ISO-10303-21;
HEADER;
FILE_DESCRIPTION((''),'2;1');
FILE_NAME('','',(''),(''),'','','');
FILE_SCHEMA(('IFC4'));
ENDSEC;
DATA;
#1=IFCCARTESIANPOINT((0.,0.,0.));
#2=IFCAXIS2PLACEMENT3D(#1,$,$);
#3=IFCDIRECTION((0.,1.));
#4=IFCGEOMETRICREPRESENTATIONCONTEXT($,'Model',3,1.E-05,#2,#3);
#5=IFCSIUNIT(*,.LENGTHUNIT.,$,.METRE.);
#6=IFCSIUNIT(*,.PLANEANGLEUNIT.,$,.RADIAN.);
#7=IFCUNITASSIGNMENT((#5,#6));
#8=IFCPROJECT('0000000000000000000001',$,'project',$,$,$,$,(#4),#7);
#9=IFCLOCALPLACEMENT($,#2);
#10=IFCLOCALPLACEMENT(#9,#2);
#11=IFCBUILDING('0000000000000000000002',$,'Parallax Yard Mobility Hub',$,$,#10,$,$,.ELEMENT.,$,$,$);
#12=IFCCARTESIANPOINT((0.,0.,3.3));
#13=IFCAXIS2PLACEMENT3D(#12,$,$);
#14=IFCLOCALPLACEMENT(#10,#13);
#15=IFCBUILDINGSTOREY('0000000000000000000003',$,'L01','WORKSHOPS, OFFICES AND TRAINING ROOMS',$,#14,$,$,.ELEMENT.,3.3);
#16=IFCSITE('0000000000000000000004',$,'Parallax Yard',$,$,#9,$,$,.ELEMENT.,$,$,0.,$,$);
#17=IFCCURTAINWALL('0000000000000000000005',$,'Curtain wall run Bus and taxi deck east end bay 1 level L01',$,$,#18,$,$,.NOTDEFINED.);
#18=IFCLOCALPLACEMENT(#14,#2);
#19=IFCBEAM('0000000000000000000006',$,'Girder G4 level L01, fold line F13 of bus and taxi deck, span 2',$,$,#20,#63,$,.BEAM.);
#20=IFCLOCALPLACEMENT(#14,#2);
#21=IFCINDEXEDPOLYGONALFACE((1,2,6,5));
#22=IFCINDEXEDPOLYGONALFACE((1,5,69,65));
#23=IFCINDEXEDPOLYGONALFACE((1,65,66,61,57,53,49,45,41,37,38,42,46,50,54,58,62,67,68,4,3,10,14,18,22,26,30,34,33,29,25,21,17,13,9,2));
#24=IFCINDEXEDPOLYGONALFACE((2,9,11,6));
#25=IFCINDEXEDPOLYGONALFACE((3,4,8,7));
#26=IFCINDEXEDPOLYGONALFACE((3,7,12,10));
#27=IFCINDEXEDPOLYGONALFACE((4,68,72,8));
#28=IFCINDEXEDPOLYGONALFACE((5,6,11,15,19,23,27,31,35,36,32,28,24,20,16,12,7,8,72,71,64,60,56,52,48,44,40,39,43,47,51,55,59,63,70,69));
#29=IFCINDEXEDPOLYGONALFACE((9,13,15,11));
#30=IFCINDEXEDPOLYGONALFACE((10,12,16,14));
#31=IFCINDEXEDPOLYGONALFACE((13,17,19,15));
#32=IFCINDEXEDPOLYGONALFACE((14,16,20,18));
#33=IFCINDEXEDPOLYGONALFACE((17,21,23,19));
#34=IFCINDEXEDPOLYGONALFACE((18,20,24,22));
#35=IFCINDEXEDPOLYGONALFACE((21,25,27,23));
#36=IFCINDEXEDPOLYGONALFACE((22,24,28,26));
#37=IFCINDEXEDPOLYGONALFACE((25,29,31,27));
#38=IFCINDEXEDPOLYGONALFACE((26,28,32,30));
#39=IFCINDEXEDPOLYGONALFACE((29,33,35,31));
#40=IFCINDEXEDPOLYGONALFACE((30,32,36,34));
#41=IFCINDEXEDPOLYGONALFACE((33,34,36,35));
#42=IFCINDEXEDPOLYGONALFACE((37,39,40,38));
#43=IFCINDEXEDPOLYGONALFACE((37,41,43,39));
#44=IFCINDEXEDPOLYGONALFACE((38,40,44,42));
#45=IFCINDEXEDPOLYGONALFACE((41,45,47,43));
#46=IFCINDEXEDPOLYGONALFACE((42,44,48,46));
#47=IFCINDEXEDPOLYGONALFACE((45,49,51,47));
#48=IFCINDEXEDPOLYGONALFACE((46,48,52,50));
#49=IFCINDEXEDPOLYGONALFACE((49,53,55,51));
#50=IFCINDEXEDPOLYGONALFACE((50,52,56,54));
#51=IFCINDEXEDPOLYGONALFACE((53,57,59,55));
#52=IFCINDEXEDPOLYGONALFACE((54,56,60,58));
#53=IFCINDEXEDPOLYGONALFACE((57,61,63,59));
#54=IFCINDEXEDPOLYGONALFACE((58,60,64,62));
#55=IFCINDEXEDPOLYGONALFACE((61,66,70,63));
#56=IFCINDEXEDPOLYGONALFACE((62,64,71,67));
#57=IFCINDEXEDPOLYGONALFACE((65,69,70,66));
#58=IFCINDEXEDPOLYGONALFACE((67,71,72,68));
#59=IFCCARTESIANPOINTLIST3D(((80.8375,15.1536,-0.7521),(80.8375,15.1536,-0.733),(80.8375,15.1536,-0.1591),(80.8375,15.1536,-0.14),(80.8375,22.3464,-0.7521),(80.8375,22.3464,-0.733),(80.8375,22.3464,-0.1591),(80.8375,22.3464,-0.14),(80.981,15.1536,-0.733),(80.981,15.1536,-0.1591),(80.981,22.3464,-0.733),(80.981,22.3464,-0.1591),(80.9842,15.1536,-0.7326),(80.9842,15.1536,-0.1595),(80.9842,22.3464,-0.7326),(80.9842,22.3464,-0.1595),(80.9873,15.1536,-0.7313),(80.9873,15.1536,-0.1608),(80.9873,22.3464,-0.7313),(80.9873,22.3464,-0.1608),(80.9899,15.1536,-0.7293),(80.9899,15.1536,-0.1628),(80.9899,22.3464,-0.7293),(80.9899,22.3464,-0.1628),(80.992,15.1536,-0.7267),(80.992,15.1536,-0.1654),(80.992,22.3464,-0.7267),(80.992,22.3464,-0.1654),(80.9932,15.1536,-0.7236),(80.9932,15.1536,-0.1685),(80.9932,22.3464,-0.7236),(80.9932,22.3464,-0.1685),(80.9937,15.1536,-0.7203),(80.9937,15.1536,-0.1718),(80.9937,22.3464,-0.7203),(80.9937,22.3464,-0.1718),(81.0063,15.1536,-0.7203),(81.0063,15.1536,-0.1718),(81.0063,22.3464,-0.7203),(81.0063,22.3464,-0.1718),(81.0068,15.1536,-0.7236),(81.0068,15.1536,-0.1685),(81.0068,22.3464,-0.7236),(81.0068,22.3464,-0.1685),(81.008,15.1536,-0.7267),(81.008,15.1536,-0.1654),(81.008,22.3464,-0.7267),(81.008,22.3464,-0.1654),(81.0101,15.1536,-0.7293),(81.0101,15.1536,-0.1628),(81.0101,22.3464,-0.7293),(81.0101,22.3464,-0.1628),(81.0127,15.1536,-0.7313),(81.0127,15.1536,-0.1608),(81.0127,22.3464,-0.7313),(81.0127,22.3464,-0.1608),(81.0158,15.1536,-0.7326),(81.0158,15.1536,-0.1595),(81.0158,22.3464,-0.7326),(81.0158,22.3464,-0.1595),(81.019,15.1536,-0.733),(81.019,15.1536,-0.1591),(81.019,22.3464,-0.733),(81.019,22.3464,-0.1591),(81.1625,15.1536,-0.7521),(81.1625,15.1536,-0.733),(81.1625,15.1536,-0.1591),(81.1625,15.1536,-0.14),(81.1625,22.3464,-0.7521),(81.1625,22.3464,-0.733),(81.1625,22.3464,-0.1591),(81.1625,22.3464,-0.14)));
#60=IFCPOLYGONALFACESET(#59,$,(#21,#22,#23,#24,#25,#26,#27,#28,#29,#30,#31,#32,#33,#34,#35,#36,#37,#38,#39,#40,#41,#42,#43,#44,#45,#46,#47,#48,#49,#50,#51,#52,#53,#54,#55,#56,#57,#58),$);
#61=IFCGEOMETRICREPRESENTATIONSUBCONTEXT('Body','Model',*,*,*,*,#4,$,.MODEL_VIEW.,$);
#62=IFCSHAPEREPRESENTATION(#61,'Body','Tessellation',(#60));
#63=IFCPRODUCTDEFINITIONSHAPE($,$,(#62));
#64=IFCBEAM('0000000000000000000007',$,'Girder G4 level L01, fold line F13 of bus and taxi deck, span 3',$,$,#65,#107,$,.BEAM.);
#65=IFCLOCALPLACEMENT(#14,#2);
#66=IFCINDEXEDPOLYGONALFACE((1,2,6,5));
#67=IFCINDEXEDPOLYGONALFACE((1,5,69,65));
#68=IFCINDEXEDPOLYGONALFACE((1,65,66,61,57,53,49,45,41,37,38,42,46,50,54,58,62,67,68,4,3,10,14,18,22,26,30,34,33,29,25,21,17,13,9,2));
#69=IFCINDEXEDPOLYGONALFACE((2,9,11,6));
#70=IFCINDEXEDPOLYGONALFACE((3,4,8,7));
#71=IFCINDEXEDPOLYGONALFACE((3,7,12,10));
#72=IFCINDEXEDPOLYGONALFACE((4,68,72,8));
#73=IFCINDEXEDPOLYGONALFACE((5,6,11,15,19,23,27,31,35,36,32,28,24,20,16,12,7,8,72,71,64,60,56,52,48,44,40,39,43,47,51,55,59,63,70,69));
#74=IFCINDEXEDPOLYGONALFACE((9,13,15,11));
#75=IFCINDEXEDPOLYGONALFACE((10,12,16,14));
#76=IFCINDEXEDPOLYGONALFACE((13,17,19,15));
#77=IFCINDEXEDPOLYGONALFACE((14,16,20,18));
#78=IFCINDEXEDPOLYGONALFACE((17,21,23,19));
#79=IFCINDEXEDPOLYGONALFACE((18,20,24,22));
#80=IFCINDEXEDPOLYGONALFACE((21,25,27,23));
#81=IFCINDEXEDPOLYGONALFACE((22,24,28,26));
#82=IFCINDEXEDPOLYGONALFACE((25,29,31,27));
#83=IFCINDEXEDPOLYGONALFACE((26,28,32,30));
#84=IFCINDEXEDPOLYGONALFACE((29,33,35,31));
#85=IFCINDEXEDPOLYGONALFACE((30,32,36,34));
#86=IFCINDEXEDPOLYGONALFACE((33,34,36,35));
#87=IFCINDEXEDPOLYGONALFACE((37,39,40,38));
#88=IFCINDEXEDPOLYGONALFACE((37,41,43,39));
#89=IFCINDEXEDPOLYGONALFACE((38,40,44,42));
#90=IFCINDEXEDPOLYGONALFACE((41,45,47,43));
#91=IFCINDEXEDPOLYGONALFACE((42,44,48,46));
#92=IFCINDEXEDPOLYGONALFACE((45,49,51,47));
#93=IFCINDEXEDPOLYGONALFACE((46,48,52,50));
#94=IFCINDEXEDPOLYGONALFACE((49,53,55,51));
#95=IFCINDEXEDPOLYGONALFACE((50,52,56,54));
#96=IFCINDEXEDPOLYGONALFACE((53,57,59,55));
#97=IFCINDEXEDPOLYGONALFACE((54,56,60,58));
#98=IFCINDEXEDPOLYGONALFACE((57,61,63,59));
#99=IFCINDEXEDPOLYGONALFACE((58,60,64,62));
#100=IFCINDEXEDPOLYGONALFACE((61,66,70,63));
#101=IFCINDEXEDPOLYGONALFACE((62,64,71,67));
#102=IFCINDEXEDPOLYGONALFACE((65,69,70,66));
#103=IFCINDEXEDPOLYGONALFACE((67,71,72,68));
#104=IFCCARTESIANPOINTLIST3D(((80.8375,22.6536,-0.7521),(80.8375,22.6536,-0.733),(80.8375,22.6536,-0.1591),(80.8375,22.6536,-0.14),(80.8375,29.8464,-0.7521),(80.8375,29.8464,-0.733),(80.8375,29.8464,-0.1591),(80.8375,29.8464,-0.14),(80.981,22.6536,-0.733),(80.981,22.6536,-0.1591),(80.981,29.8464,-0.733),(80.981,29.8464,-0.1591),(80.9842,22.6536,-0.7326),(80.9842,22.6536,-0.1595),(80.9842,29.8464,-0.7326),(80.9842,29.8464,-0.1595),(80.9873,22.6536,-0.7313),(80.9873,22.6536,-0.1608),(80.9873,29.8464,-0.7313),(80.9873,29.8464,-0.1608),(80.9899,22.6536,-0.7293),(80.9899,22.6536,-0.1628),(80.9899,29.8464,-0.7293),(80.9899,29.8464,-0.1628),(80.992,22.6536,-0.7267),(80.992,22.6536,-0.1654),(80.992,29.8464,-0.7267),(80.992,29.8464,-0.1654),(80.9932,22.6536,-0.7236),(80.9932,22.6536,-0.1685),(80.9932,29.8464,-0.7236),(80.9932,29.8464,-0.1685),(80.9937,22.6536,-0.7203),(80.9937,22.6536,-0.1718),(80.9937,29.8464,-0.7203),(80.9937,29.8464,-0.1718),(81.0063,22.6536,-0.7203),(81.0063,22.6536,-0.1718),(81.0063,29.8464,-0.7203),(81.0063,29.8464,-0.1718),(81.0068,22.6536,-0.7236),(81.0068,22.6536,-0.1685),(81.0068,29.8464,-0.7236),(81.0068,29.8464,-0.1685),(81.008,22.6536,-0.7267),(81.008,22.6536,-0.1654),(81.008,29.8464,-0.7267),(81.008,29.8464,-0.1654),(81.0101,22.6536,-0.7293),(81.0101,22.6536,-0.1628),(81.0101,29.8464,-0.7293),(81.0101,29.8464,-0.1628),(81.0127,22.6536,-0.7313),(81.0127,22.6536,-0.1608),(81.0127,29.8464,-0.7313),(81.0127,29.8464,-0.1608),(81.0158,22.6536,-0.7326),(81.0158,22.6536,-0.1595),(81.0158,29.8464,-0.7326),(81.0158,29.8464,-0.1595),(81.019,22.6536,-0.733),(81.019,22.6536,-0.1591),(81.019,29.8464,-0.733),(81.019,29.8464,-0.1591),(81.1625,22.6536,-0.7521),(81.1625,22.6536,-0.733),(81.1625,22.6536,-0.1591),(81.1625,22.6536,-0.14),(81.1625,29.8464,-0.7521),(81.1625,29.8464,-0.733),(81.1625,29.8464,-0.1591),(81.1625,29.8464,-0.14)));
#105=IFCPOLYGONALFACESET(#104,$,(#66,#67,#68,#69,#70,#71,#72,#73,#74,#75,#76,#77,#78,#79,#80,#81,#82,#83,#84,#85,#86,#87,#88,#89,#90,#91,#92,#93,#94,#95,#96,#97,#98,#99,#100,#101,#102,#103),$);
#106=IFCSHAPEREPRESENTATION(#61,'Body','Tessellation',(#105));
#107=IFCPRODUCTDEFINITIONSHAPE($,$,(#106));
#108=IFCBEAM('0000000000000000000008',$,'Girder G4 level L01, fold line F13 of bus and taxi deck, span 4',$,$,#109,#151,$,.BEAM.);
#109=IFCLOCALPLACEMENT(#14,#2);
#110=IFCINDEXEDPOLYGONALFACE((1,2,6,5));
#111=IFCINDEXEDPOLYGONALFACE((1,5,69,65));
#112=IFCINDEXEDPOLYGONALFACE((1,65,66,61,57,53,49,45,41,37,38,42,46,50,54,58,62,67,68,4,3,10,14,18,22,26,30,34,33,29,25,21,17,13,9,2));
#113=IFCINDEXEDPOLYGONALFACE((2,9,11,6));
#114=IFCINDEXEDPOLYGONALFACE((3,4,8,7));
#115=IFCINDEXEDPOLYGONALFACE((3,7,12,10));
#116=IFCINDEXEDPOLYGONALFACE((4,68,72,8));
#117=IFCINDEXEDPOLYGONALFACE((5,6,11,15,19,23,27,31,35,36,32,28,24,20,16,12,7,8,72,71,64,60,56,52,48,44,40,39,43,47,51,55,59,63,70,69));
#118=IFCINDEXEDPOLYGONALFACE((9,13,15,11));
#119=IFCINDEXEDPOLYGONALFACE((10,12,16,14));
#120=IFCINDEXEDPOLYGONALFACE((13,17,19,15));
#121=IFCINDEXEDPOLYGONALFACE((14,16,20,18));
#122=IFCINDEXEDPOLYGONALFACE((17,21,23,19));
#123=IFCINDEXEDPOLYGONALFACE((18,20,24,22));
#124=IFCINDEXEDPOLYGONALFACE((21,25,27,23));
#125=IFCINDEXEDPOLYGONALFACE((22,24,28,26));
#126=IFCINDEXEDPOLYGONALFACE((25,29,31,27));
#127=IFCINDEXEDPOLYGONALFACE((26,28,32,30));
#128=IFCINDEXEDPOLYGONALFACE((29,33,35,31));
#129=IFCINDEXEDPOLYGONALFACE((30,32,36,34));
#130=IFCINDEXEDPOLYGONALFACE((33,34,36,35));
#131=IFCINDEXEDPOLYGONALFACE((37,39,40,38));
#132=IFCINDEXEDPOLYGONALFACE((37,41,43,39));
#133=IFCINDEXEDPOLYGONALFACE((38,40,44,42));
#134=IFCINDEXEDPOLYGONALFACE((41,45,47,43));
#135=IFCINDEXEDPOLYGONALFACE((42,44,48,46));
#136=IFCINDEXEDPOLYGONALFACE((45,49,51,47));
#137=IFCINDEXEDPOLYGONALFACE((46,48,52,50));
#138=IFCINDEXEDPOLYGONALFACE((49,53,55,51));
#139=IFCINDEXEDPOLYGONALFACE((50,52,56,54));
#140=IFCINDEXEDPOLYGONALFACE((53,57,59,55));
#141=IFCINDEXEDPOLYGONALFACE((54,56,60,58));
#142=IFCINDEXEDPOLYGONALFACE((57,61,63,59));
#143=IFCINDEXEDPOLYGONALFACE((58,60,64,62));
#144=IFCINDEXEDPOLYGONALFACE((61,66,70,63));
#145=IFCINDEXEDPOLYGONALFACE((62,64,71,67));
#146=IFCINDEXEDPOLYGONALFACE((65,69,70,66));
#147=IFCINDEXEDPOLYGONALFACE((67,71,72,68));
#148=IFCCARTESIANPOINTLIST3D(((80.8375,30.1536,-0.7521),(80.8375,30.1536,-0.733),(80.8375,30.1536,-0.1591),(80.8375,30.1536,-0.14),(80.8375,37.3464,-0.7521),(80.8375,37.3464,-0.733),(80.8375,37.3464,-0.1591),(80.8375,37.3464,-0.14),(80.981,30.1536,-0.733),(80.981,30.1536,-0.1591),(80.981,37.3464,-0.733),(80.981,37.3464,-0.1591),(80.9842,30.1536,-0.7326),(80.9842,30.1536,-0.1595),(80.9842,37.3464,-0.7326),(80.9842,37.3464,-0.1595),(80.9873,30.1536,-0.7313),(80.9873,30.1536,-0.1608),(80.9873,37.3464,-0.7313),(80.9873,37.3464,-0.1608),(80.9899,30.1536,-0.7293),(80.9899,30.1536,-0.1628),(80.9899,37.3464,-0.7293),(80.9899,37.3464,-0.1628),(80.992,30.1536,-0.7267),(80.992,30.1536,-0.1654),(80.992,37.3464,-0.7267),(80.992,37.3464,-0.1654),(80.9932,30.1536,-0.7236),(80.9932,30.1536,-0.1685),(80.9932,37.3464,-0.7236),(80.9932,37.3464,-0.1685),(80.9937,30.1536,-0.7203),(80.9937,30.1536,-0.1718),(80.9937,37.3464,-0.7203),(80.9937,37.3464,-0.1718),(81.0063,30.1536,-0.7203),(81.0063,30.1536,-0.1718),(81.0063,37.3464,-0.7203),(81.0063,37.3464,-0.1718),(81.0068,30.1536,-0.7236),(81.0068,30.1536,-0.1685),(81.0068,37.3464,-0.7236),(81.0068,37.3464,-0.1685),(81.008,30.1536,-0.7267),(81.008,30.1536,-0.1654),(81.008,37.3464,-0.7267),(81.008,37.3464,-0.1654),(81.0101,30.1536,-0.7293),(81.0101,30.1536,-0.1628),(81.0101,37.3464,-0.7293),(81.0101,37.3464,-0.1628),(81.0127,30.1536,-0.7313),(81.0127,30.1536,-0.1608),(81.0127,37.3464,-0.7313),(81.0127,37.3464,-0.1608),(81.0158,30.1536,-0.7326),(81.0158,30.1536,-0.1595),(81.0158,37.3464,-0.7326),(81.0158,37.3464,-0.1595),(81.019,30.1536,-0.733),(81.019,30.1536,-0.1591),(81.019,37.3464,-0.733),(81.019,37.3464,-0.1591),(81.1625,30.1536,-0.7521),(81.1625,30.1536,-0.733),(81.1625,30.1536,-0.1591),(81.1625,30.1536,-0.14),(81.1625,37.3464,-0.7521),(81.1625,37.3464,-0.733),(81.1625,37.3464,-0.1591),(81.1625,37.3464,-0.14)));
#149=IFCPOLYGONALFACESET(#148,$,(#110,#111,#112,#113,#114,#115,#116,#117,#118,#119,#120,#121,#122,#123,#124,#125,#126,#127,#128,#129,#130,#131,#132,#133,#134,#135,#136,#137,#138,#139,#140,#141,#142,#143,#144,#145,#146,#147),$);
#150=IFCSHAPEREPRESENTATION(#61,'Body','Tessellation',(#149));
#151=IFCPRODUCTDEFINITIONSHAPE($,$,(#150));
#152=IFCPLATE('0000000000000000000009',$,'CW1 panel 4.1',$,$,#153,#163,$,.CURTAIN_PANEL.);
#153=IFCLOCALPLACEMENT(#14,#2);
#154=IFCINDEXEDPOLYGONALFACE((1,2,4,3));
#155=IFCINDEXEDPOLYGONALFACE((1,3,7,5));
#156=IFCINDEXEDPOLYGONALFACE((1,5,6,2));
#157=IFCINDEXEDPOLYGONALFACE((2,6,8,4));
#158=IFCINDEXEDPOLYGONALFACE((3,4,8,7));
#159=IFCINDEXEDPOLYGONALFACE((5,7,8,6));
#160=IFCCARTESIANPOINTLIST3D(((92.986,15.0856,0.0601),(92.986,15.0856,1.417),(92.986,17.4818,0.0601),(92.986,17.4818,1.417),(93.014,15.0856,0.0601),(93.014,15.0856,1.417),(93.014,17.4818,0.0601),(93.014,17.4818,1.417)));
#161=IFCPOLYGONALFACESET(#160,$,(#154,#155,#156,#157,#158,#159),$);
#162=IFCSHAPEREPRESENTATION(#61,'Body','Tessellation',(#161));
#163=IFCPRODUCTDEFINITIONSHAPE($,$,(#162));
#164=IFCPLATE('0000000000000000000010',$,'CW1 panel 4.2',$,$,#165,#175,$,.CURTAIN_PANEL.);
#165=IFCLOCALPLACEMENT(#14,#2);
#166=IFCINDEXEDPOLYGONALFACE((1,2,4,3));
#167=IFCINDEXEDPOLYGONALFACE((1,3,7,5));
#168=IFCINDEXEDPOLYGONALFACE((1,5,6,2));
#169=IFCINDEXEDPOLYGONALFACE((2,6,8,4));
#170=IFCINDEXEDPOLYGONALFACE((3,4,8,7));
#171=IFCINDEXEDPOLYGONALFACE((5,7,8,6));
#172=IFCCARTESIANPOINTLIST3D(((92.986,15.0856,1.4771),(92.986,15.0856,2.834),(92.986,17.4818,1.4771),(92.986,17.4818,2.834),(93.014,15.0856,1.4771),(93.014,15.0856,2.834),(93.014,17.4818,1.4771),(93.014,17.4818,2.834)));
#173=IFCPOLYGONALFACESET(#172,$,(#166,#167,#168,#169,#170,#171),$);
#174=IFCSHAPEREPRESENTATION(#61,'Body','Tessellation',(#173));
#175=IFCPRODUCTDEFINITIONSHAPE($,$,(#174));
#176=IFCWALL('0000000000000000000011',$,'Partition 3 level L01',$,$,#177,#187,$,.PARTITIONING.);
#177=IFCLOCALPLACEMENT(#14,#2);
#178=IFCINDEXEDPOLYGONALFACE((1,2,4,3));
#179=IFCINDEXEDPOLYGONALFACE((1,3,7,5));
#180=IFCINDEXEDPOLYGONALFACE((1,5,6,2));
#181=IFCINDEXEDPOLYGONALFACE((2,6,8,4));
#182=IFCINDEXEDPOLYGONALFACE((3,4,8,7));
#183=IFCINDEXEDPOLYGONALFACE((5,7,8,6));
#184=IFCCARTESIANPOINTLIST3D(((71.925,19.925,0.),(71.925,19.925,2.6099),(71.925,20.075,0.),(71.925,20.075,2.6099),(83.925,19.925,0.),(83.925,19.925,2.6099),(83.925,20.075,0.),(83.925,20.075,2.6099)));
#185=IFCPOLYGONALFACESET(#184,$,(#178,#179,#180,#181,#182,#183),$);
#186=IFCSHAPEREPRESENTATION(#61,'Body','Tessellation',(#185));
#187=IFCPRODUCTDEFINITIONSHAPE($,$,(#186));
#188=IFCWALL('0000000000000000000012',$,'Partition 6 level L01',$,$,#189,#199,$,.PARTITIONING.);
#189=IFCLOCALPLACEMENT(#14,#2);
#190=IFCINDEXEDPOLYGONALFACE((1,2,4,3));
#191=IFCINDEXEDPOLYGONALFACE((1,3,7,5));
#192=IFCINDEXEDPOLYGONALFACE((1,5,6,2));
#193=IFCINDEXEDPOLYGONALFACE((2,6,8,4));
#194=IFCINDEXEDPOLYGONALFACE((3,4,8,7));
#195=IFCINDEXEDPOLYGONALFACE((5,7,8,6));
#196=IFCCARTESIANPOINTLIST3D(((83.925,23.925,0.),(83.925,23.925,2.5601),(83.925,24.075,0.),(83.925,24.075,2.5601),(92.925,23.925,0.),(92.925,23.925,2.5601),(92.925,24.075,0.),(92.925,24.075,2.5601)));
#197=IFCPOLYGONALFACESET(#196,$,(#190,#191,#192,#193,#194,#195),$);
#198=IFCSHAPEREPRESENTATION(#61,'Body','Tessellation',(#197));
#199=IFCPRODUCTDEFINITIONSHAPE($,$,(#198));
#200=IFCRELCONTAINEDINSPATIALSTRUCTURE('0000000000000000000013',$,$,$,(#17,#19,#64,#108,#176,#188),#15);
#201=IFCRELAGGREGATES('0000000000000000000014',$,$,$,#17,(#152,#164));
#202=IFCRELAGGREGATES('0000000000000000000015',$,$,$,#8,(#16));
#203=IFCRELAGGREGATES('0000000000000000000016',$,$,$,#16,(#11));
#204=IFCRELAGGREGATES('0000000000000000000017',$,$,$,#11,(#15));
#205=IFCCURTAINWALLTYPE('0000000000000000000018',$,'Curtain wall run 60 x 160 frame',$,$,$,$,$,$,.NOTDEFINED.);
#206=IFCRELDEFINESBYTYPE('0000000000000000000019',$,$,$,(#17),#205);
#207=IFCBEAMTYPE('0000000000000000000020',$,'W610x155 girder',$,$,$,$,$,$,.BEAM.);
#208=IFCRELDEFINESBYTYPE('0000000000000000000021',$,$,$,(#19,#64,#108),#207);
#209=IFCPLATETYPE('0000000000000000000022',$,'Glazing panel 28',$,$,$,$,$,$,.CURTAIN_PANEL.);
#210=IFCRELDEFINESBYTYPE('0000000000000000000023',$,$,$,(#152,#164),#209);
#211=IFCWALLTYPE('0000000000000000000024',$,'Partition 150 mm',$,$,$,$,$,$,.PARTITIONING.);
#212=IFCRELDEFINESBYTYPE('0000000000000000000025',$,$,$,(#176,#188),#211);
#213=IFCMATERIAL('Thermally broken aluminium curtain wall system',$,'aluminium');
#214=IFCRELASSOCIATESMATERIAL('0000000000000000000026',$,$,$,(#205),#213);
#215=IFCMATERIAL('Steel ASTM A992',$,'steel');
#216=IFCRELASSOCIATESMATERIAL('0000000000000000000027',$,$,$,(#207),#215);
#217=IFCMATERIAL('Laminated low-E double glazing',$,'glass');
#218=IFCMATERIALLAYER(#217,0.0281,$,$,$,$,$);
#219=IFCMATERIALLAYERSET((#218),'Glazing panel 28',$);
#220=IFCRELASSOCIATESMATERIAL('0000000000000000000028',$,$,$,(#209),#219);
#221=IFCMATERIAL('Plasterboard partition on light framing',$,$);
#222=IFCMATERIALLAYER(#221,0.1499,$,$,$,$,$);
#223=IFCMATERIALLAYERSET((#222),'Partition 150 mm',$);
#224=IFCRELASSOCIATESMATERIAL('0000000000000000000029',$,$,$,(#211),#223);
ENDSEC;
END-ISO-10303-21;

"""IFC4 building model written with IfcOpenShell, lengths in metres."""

from ifc_helpers import new_model, si_unit, direction, frame, frame_2d, origin, origin_2d, place, context, subcontext, project, spatial, rectangle, i_section, extrude, material, layer, layer_set, material_profile, profile_set, type_object, element, aggregate, save


model = new_model("IFC4")

# Units and contexts
model_context = context("Model", 3, precision=1e-05, world=origin(), true_north=direction((0.0, 1.0)))
body_context = subcontext(model_context, "Body", "Model", "MODEL_VIEW")
ifc_project = project(units=[si_unit("LENGTHUNIT", "METRE"), si_unit("PLANEANGLEUNIT", "RADIAN")], contexts=[model_context])

# Site, building, storey
site_placement = place(None, origin())
site = spatial("IfcSite", under=ifc_project, at=site_placement, Name="Parallax Yard", CompositionType="ELEMENT", RefElevation=0.0)
building_placement = place(site_placement, origin())
building = spatial("IfcBuilding", under=site, at=building_placement, Name="Parallax Yard Mobility Hub", CompositionType="ELEMENT")
storey_placement = place(building_placement, frame((0.0, 0.0, 3.3)))
storey = spatial("IfcBuildingStorey", under=building, at=storey_placement, Name="L01", Description="WORKSHOPS, OFFICES AND TRAINING ROOMS", CompositionType="ELEMENT", Elevation=3.3)

# Curtain wall
ifc_material_1 = material(Name="Thermally broken aluminium curtain wall system", Category="aluminium")
curtain_wall_type = type_object("IfcCurtainWallType", Name="Curtain wall run 60 x 160 frame", PredefinedType="NOTDEFINED", material=ifc_material_1)
curtain_wall_placement = place(storey_placement, origin())
curtain_wall = element("IfcCurtainWall", 1, at=curtain_wall_placement, inside=storey, type_object=curtain_wall_type, Name="Curtain wall run Bus and taxi deck east end bay 1 level L01", PredefinedType="NOTDEFINED")

# Beams
ifc_material_2 = material(Name="Steel ASTM A992", Category="steel")
ifc_material_profile_1 = material_profile(ifc_material_2, i_section(OverallWidth=0.325, OverallDepth=0.6121, WebThickness=0.0127, FlangeThickness=0.019, FilletRadius=0.0127, at=origin_2d()), Name="W610x155")
ifc_profile_set_1 = profile_set([ifc_material_profile_1], Name="Steel ASTM A992")
beam_type_1 = type_object("IfcBeamType", Name="W610x155 girder", PredefinedType="BEAM", material=ifc_profile_set_1)
for number, where, z_axis, x_axis, name in (
    (2, (81.0, 15.1536, -0.446), (0.0, 1.0, 0.0), (-1.0, 0.0, 0.0), "Girder G4 level L01, fold line F13 of bus and taxi deck, span 2"),
    (3, (81.0, 22.6536, -0.446), (0.0, 1.0, 0.0), (-1.0, 0.0, 0.0), "Girder G4 level L01, fold line F13 of bus and taxi deck, span 3"),
    (4, (81.0, 30.1536, -0.446), (0.0, 1.0, 0.0), (-1.0, 0.0, 0.0), "Girder G4 level L01, fold line F13 of bus and taxi deck, span 4"),
):
    element("IfcBeam", number, at=place(storey_placement, frame(where, z_axis=z_axis, x_axis=x_axis)), inside=storey, type_object=beam_type_1, Name=name, PredefinedType="BEAM", context=body_context, shape_type="SweptSolid", body=[
        extrude(i_section(OverallWidth=0.325, OverallDepth=0.6121, WebThickness=0.0127, FlangeThickness=0.019, FilletRadius=0.0127, at=origin_2d()), origin(), (0.0, 0.0, 1.0), 7.1929),
    ])

# Plates
ifc_material_3 = material(Name="Laminated low-E double glazing", Category="glass")
ifc_layer_1 = layer(ifc_material_3, 0.0281)
ifc_layer_set_1 = layer_set([ifc_layer_1], Name="Glazing panel 28")
plate_type = type_object("IfcPlateType", Name="Glazing panel 28", PredefinedType="CURTAIN_PANEL", material=ifc_layer_set_1)
plate_1_placement = place(storey_placement, frame((93.0, 16.2837, 0.0601), z_axis=(0.0, 0.0, 1.0), x_axis=(0.0, 1.0, 0.0)))
plate_1 = element("IfcPlate", 5, at=plate_1_placement, type_object=plate_type, Name="CW1 panel 4.1", PredefinedType="CURTAIN_PANEL", context=body_context, shape_type="SweptSolid", body=[
    extrude(rectangle(XDim=2.3962, YDim=0.0281, at=origin_2d()), origin(), (0.0, 0.0, 1.0), 1.3569),
])
plate_2_placement = place(storey_placement, frame((93.0, 16.2837, 1.4771), z_axis=(0.0, 0.0, 1.0), x_axis=(0.0, 1.0, 0.0)))
plate_2 = element("IfcPlate", 6, at=plate_2_placement, type_object=plate_type, Name="CW1 panel 4.2", PredefinedType="CURTAIN_PANEL", context=body_context, shape_type="SweptSolid", body=[
    extrude(rectangle(XDim=2.3962, YDim=0.0281, at=origin_2d()), origin(), (0.0, 0.0, 1.0), 1.3569),
])
aggregate(curtain_wall, [plate_1, plate_2])

# Walls
ifc_material_4 = material(Name="Plasterboard partition on light framing")
ifc_layer_2 = layer(ifc_material_4, 0.1499)
ifc_layer_set_2 = layer_set([ifc_layer_2], Name="Partition 150 mm")
wall_type = type_object("IfcWallType", Name="Partition 150 mm", PredefinedType="PARTITIONING", material=ifc_layer_set_2)
wall_1_placement = place(storey_placement, frame((71.925, 20.0, 0.0), z_axis=(0.0, 0.0, 1.0), x_axis=(1.0, 0.0, 0.0)))
element("IfcWall", 7, at=wall_1_placement, inside=storey, type_object=wall_type, Name="Partition 3 level L01", PredefinedType="PARTITIONING", context=body_context, shape_type="SweptSolid", body=[
    extrude(rectangle(XDim=12.0, YDim=0.1499, at=frame_2d((6.0, 0.0))), origin(), (0.0, 0.0, 1.0), 2.6099),
])
for number, where, z_axis, x_axis, name in (
    (8, (83.925, 24.0, 0.0), (0.0, 0.0, 1.0), (1.0, 0.0, 0.0), "Partition 6 level L01"),
):
    element("IfcWall", number, at=place(storey_placement, frame(where, z_axis=z_axis, x_axis=x_axis)), inside=storey, type_object=wall_type, Name=name, PredefinedType="PARTITIONING", context=body_context, shape_type="SweptSolid", body=[
        extrude(rectangle(XDim=9.0, YDim=0.1499, at=frame_2d((4.5, 0.0))), origin(), (0.0, 0.0, 1.0), 2.5601),
    ])

save(model, "model.ifc")
